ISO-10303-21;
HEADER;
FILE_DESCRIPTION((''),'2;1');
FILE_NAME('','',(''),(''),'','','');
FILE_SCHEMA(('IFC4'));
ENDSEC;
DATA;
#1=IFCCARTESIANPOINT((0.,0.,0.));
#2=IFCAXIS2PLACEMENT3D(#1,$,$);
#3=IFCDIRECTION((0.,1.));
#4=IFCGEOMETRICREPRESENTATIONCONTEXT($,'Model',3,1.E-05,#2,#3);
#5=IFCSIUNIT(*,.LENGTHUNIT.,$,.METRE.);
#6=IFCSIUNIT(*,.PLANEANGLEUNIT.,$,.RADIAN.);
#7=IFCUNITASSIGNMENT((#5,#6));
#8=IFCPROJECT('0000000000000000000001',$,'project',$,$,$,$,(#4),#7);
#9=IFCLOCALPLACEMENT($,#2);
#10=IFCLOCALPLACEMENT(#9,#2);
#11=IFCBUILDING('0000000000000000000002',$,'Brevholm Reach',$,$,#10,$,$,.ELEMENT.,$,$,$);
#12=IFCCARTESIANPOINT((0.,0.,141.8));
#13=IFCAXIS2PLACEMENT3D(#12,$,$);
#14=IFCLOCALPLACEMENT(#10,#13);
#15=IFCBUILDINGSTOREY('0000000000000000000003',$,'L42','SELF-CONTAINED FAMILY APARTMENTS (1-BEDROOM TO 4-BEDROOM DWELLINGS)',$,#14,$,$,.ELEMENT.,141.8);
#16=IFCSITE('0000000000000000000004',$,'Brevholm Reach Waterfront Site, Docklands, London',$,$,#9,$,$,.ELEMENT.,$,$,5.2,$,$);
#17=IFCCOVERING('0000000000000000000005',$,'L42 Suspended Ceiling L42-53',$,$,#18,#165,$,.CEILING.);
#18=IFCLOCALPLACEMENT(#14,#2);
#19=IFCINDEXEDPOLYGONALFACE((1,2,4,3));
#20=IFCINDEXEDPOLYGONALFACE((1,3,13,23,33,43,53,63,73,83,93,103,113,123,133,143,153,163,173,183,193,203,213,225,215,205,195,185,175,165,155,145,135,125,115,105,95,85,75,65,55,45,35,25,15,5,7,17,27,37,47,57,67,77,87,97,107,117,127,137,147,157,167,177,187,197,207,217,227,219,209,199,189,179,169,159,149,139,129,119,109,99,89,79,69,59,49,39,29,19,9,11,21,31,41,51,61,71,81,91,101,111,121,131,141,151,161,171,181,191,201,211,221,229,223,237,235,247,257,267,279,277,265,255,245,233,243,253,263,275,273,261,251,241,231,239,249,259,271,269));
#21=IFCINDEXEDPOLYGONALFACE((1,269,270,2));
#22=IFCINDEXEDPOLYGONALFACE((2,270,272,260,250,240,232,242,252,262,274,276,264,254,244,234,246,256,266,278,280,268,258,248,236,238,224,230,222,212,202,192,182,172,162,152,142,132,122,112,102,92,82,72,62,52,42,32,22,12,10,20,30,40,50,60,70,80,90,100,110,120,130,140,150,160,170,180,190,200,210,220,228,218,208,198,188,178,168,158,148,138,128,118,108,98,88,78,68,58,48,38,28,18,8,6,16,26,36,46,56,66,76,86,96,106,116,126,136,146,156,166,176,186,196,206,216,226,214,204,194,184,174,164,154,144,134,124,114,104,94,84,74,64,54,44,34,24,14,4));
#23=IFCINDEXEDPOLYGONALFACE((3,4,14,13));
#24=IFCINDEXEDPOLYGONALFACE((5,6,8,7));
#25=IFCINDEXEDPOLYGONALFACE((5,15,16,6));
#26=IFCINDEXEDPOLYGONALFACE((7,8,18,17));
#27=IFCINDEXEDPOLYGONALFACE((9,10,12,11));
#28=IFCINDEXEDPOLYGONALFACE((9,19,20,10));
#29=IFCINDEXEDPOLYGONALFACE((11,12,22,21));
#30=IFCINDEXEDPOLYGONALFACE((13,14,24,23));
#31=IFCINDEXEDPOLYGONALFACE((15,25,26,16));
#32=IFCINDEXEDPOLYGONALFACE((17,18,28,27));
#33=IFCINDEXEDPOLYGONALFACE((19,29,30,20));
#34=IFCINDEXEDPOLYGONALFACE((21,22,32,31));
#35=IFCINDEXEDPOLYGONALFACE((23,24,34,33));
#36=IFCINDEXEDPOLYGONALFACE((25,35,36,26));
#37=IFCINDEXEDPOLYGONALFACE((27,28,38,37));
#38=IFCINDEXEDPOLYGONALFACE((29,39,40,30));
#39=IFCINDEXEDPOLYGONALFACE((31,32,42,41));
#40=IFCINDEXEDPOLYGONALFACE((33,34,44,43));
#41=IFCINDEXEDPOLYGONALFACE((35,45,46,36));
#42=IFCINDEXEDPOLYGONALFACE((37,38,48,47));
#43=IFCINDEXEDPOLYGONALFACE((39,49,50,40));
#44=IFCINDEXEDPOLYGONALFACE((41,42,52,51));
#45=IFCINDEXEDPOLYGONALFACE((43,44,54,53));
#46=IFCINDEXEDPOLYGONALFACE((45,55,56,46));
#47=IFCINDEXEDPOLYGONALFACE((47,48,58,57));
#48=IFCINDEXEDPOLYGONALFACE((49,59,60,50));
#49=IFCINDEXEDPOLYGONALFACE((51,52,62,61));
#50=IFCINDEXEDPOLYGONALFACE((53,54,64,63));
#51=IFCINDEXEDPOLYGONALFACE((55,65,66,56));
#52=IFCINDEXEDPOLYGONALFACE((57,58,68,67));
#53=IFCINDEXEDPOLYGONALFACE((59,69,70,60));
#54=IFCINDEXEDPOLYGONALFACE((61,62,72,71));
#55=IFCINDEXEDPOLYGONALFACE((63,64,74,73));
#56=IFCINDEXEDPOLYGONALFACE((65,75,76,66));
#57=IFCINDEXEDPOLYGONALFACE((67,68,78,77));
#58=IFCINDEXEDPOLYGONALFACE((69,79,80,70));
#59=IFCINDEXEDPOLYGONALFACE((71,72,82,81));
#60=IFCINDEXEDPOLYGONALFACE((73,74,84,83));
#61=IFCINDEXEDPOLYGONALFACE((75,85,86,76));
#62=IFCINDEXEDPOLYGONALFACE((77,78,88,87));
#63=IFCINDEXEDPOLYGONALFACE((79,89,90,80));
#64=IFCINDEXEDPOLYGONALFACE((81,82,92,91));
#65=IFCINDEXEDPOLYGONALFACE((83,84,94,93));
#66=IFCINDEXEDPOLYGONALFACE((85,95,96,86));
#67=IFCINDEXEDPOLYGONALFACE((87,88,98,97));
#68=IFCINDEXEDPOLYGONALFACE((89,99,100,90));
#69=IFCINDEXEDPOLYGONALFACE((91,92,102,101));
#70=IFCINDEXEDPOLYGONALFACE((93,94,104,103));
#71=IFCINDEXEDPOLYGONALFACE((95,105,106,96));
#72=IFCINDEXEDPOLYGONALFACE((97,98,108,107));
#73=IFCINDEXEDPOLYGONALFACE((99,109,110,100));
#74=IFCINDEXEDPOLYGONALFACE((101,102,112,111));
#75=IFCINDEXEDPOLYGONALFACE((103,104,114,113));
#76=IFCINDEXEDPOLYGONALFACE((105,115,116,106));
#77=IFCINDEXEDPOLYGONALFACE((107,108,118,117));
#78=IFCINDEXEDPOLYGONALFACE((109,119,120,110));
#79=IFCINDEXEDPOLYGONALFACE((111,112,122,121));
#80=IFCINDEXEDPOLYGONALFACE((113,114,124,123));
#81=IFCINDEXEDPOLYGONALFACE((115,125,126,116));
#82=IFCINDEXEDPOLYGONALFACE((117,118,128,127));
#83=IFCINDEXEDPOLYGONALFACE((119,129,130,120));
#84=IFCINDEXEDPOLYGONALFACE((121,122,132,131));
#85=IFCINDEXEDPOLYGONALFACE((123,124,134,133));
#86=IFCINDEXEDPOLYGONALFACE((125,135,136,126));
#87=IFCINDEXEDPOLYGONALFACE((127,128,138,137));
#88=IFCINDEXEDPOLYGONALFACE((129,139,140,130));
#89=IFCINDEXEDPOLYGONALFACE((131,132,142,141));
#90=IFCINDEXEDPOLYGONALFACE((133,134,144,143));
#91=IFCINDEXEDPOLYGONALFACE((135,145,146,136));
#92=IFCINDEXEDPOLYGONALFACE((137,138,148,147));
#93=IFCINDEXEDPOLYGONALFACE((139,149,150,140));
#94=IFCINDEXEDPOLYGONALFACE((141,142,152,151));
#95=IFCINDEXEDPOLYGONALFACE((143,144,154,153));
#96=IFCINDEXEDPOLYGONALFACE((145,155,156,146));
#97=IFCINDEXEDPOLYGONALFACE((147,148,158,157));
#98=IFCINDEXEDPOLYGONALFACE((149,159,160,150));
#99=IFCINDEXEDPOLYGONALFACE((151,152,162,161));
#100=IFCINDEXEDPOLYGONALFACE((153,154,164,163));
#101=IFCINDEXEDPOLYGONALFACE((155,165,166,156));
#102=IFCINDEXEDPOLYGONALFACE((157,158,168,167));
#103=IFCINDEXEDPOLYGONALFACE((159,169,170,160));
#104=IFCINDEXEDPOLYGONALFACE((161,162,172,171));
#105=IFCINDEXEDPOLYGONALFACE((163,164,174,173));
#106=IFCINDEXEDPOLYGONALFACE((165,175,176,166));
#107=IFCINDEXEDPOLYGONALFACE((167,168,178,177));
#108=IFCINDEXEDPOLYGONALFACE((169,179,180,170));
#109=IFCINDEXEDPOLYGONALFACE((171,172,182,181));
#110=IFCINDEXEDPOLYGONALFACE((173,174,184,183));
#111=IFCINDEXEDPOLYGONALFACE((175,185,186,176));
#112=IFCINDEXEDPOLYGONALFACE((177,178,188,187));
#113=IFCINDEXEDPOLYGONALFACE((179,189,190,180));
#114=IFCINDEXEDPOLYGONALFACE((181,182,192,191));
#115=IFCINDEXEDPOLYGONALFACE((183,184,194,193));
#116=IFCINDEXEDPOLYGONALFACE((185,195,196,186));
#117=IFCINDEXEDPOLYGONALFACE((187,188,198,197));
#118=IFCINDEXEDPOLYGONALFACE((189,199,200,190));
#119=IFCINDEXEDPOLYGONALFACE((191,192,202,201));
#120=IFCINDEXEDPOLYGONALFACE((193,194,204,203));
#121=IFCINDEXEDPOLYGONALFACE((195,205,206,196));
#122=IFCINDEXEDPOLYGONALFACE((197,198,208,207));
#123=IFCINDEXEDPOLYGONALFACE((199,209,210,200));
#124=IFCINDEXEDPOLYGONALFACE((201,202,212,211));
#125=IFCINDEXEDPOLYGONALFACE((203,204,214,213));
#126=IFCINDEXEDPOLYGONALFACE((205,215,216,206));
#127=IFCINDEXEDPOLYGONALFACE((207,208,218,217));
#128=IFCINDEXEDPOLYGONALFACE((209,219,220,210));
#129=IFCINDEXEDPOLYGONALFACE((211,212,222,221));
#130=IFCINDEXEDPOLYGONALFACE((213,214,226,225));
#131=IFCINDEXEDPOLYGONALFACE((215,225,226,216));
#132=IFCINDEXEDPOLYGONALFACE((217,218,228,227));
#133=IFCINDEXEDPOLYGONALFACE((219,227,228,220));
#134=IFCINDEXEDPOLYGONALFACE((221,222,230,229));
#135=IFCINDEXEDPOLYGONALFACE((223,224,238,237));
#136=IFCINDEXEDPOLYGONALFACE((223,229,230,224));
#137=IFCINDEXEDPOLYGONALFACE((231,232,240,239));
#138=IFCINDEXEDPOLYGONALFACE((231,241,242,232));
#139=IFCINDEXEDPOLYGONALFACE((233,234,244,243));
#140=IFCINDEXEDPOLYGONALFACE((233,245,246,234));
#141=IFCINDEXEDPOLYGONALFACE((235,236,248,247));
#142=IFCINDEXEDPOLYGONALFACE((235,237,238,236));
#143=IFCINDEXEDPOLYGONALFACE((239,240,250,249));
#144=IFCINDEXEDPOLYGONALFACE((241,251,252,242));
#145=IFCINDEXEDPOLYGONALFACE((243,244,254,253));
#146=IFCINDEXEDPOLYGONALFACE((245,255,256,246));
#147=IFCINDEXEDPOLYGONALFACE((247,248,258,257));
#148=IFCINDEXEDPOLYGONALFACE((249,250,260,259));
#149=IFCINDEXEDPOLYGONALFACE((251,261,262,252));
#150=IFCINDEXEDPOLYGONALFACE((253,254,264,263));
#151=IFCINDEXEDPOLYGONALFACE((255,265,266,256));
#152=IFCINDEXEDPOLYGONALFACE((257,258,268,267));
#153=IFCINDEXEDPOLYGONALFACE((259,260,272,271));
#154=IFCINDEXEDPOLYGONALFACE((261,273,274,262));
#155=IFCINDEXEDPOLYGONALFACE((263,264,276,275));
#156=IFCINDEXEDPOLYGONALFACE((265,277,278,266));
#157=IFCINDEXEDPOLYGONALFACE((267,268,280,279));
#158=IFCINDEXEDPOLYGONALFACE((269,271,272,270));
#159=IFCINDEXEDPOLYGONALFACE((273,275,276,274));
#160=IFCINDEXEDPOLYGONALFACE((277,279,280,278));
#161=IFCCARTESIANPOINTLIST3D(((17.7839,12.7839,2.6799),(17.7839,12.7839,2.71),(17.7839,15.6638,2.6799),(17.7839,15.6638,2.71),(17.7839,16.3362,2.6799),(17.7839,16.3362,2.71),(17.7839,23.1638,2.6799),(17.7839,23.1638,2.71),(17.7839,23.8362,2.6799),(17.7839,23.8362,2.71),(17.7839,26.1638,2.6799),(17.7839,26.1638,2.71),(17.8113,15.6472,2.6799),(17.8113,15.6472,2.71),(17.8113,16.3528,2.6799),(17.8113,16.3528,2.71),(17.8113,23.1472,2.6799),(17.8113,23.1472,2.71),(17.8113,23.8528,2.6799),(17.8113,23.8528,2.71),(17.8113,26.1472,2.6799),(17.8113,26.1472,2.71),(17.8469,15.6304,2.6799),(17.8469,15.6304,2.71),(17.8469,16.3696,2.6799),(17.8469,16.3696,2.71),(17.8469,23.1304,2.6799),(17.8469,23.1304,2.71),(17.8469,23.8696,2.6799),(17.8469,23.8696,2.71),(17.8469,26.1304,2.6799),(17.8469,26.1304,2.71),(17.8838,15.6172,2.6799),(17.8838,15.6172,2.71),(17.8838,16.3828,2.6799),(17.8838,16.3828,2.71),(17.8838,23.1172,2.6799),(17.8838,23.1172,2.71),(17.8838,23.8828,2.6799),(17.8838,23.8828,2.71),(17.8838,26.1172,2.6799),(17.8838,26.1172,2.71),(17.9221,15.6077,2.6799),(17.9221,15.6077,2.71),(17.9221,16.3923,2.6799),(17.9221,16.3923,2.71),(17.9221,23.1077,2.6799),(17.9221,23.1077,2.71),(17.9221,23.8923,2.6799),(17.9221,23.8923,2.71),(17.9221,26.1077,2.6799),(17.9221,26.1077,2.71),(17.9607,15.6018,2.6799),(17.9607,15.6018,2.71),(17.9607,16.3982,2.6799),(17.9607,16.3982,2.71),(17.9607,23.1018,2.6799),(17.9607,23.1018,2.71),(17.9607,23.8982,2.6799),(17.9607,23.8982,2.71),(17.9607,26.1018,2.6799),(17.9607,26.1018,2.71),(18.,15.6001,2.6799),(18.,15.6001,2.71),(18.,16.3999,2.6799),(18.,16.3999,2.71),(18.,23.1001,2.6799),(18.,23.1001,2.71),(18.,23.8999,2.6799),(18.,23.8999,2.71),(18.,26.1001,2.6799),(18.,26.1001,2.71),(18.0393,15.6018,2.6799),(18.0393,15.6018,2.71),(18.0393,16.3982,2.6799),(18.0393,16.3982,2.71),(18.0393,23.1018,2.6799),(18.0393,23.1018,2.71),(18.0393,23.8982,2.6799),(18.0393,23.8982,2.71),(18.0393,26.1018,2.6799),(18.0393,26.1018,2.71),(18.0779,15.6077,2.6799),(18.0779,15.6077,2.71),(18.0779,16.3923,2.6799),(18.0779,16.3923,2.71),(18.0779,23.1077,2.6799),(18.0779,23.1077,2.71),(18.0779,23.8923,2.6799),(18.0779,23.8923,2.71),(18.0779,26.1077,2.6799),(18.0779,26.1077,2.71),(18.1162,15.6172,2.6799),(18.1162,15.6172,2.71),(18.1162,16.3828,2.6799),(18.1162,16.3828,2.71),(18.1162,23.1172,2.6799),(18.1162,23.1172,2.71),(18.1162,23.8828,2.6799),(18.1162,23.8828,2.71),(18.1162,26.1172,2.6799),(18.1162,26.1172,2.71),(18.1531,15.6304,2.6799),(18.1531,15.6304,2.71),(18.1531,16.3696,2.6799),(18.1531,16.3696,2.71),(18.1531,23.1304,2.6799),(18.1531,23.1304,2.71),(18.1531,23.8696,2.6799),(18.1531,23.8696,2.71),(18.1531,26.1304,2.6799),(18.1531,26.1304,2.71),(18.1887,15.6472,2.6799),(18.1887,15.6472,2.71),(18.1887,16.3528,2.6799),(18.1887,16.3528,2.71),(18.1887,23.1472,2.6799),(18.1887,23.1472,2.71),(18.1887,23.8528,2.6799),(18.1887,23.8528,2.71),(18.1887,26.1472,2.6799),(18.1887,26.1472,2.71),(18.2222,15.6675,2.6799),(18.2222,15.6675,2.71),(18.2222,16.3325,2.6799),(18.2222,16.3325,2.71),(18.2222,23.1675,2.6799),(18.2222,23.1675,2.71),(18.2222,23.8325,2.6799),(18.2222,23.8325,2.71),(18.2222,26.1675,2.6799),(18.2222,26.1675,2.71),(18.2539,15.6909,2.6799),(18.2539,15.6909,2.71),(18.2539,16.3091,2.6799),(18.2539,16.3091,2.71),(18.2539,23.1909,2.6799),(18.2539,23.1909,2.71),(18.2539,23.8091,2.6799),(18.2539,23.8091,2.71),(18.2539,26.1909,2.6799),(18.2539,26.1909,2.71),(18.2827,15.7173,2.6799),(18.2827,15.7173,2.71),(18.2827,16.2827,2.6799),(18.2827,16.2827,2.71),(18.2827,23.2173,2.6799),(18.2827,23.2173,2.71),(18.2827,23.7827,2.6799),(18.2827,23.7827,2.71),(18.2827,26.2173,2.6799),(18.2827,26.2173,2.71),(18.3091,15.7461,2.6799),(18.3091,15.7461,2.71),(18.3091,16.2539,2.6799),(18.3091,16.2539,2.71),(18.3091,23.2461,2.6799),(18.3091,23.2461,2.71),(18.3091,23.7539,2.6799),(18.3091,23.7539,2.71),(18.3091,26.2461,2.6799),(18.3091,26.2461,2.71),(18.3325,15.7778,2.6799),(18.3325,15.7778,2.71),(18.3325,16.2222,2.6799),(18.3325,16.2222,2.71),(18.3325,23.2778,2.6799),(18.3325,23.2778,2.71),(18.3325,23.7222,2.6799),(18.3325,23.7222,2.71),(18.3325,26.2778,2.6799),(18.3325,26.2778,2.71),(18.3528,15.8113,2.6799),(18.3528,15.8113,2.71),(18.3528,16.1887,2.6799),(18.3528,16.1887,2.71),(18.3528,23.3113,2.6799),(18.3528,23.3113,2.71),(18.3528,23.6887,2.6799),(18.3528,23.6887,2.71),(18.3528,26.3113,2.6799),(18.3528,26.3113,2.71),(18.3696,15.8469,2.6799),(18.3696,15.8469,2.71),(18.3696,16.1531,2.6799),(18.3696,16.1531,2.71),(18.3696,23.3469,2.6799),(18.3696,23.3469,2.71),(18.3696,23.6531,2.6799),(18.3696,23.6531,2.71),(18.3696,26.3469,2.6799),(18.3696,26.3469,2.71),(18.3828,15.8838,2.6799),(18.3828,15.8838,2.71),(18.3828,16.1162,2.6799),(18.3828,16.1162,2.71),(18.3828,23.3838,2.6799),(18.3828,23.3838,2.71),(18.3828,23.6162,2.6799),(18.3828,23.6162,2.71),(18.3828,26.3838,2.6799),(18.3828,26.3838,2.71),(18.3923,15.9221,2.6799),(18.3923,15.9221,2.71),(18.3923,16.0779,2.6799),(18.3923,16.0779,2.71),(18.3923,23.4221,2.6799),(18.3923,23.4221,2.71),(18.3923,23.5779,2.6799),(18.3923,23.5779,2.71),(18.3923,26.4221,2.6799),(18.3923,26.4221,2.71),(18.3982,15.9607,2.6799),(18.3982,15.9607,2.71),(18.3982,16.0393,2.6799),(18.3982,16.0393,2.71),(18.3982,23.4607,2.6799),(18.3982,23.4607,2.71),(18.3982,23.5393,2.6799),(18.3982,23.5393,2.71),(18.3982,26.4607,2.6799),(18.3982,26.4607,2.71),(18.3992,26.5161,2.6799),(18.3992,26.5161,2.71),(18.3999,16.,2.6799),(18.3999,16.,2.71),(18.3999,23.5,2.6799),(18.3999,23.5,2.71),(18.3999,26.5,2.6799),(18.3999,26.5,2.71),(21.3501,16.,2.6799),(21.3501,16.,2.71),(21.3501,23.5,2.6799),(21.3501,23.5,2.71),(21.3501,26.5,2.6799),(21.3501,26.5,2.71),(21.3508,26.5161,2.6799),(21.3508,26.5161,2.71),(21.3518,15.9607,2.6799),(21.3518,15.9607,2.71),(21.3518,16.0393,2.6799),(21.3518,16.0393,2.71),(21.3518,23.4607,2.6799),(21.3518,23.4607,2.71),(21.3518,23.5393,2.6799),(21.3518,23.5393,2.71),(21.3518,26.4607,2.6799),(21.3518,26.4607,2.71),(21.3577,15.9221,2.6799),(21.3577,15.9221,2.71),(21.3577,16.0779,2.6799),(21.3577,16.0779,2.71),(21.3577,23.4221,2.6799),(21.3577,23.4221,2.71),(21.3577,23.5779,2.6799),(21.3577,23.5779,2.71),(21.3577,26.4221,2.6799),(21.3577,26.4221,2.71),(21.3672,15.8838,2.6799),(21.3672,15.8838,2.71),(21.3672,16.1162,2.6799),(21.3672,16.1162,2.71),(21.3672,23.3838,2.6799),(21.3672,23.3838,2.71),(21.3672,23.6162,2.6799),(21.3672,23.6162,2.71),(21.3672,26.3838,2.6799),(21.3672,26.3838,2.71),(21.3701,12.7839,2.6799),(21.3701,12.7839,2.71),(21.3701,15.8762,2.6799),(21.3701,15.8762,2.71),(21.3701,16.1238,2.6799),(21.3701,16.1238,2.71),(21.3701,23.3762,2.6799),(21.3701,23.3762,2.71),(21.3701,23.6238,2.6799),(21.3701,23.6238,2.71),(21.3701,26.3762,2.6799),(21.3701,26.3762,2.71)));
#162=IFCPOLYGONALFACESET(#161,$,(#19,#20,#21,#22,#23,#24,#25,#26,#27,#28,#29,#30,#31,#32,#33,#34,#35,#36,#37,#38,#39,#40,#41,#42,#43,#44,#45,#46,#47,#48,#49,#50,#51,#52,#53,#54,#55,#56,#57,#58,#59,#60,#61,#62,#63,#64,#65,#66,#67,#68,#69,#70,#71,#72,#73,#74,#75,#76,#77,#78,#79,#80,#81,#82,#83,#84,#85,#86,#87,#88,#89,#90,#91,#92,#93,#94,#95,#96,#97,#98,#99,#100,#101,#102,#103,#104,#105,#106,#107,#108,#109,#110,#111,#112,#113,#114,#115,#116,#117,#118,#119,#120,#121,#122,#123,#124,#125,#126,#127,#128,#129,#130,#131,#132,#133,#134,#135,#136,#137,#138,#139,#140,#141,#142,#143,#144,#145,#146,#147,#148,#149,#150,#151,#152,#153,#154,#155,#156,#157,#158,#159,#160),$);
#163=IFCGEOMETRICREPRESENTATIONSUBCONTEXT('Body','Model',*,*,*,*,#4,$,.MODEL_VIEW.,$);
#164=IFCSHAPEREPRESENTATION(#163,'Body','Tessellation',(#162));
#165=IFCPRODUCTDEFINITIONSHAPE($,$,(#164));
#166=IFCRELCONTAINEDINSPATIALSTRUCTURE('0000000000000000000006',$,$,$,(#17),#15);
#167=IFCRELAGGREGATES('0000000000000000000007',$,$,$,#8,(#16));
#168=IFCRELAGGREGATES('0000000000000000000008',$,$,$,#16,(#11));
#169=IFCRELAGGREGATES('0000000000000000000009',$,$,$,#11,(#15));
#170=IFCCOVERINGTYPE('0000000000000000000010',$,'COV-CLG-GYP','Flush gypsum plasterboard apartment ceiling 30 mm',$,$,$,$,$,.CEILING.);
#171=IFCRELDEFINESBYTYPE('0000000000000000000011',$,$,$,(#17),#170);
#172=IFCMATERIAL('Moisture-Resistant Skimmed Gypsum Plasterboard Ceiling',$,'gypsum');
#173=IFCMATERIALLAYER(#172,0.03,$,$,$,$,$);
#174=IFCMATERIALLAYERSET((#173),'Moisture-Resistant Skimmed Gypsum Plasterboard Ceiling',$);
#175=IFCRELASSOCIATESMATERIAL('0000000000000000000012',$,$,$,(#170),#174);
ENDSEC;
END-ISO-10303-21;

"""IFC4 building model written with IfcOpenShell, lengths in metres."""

from ifc_helpers import new_model, si_unit, direction, frame, origin, place, context, subcontext, project, spatial, polyline, outline, extrude, material, layer, layer_set, type_object, element, save


model = new_model("IFC4")

# Units and contexts
model_context = context("Model", 3, precision=1e-05, world=origin(), true_north=direction((0.0, 1.0)))
body_context = subcontext(model_context, "Body", "Model", "MODEL_VIEW")
ifc_project = project(units=[si_unit("LENGTHUNIT", "METRE"), si_unit("PLANEANGLEUNIT", "RADIAN")], contexts=[model_context])

# Site, building, storey
site_placement = place(None, origin())
site = spatial("IfcSite", under=ifc_project, at=site_placement, Name="Brevholm Reach Waterfront Site, Docklands, London", CompositionType="ELEMENT", RefElevation=5.2)
building_placement = place(site_placement, origin())
building = spatial("IfcBuilding", under=site, at=building_placement, Name="Brevholm Reach", CompositionType="ELEMENT")
storey_placement = place(building_placement, frame((0.0, 0.0, 141.8)))
storey = spatial("IfcBuildingStorey", under=building, at=storey_placement, Name="L42", Description="SELF-CONTAINED FAMILY APARTMENTS (1-BEDROOM TO 4-BEDROOM DWELLINGS)", CompositionType="ELEMENT", Elevation=141.8)

# Covering
ifc_material_1 = material(Name="Moisture-Resistant Skimmed Gypsum Plasterboard Ceiling", Category="gypsum")
ifc_layer_1 = layer(ifc_material_1, 0.03)
ifc_layer_set_1 = layer_set([ifc_layer_1], Name="Moisture-Resistant Skimmed Gypsum Plasterboard Ceiling")
covering_type_1 = type_object("IfcCoveringType", Name="COV-CLG-GYP", Description="Flush gypsum plasterboard apartment ceiling 30 mm", PredefinedType="CEILING", material=ifc_layer_set_1)
covering_1_placement = place(storey_placement, frame((0.0, 0.0, 2.6799)))
element("IfcCovering", 1, at=covering_1_placement, inside=storey, type_object=covering_type_1, Name="L42 Suspended Ceiling L42-53", PredefinedType="CEILING", context=body_context, shape_type="SweptSolid", body=[
    extrude(outline(polyline([(21.3701, 23.6238), (21.3672, 23.6162), (21.3577, 23.5779), (21.3518, 23.5393), (21.3501, 23.5), (21.3518, 23.4607), (21.3577, 23.4221), (21.3672, 23.3838), (21.3701, 23.3762), (21.3701, 16.1238), (21.3672, 16.1162), (21.3577, 16.0779), (21.3518, 16.0393), (21.3501, 16.0), (21.3518, 15.9607), (21.3577, 15.9221), (21.3672, 15.8838), (21.3701, 15.8762), (21.3701, 12.7839), (17.7839, 12.7839), (17.7839, 15.6638), (17.8113, 15.6472), (17.8469, 15.6304), (17.8838, 15.6172), (17.9221, 15.6077), (17.9607, 15.6018), (18.0, 15.6001), (18.0393, 15.6018), (18.0779, 15.6077), (18.1162, 15.6172), (18.1531, 15.6304), (18.1887, 15.6472), (18.2222, 15.6675), (18.2539, 15.6909), (18.2827, 15.7173), (18.3091, 15.7461), (18.3325, 15.7778), (18.3528, 15.8113), (18.3696, 15.8469), (18.3828, 15.8838), (18.3923, 15.9221), (18.3982, 15.9607), (18.3999, 16.0), (18.3982, 16.0393), (18.3923, 16.0779), (18.3828, 16.1162), (18.3696, 16.1531), (18.3528, 16.1887), (18.3325, 16.2222), (18.3091, 16.2539), (18.2827, 16.2827), (18.2539, 16.3091), (18.2222, 16.3325), (18.1887, 16.3528), (18.1531, 16.3696), (18.1162, 16.3828), (18.0779, 16.3923), (18.0393, 16.3982), (18.0, 16.3999), (17.9607, 16.3982), (17.9221, 16.3923), (17.8838, 16.3828), (17.8469, 16.3696), (17.8113, 16.3528), (17.7839, 16.3362), (17.7839, 23.1638), (17.8113, 23.1472), (17.8469, 23.1304), (17.8838, 23.1172), (17.9221, 23.1077), (17.9607, 23.1018), (18.0, 23.1001), (18.0393, 23.1018), (18.0779, 23.1077), (18.1162, 23.1172), (18.1531, 23.1304), (18.1887, 23.1472), (18.2222, 23.1675), (18.2539, 23.1909), (18.2827, 23.2173), (18.3091, 23.2461), (18.3325, 23.2778), (18.3528, 23.3113), (18.3696, 23.3469), (18.3828, 23.3838), (18.3923, 23.4221), (18.3982, 23.4607), (18.3999, 23.5), (18.3982, 23.5393), (18.3923, 23.5779), (18.3828, 23.6162), (18.3696, 23.6531), (18.3528, 23.6887), (18.3325, 23.7222), (18.3091, 23.7539), (18.2827, 23.7827), (18.2539, 23.8091), (18.2222, 23.8325), (18.1887, 23.8528), (18.1531, 23.8696), (18.1162, 23.8828), (18.0779, 23.8923), (18.0393, 23.8982), (18.0, 23.8999), (17.9607, 23.8982), (17.9221, 23.8923), (17.8838, 23.8828), (17.8469, 23.8696), (17.8113, 23.8528), (17.7839, 23.8362), (17.7839, 26.1638), (17.8113, 26.1472), (17.8469, 26.1304), (17.8838, 26.1172), (17.9221, 26.1077), (17.9607, 26.1018), (18.0, 26.1001), (18.0393, 26.1018), (18.0779, 26.1077), (18.1162, 26.1172), (18.1531, 26.1304), (18.1887, 26.1472), (18.2222, 26.1675), (18.2539, 26.1909), (18.2827, 26.2173), (18.3091, 26.2461), (18.3325, 26.2778), (18.3528, 26.3113), (18.3696, 26.3469), (18.3828, 26.3838), (18.3923, 26.4221), (18.3982, 26.4607), (18.3999, 26.5), (18.3992, 26.5161), (21.3508, 26.5161), (21.3501, 26.5), (21.3518, 26.4607), (21.3577, 26.4221), (21.3672, 26.3838), (21.3701, 26.3762), (21.3701, 23.6238)])), origin(), (0.0, 0.0, 1.0), 0.03),
])

save(model, "model.ifc")
